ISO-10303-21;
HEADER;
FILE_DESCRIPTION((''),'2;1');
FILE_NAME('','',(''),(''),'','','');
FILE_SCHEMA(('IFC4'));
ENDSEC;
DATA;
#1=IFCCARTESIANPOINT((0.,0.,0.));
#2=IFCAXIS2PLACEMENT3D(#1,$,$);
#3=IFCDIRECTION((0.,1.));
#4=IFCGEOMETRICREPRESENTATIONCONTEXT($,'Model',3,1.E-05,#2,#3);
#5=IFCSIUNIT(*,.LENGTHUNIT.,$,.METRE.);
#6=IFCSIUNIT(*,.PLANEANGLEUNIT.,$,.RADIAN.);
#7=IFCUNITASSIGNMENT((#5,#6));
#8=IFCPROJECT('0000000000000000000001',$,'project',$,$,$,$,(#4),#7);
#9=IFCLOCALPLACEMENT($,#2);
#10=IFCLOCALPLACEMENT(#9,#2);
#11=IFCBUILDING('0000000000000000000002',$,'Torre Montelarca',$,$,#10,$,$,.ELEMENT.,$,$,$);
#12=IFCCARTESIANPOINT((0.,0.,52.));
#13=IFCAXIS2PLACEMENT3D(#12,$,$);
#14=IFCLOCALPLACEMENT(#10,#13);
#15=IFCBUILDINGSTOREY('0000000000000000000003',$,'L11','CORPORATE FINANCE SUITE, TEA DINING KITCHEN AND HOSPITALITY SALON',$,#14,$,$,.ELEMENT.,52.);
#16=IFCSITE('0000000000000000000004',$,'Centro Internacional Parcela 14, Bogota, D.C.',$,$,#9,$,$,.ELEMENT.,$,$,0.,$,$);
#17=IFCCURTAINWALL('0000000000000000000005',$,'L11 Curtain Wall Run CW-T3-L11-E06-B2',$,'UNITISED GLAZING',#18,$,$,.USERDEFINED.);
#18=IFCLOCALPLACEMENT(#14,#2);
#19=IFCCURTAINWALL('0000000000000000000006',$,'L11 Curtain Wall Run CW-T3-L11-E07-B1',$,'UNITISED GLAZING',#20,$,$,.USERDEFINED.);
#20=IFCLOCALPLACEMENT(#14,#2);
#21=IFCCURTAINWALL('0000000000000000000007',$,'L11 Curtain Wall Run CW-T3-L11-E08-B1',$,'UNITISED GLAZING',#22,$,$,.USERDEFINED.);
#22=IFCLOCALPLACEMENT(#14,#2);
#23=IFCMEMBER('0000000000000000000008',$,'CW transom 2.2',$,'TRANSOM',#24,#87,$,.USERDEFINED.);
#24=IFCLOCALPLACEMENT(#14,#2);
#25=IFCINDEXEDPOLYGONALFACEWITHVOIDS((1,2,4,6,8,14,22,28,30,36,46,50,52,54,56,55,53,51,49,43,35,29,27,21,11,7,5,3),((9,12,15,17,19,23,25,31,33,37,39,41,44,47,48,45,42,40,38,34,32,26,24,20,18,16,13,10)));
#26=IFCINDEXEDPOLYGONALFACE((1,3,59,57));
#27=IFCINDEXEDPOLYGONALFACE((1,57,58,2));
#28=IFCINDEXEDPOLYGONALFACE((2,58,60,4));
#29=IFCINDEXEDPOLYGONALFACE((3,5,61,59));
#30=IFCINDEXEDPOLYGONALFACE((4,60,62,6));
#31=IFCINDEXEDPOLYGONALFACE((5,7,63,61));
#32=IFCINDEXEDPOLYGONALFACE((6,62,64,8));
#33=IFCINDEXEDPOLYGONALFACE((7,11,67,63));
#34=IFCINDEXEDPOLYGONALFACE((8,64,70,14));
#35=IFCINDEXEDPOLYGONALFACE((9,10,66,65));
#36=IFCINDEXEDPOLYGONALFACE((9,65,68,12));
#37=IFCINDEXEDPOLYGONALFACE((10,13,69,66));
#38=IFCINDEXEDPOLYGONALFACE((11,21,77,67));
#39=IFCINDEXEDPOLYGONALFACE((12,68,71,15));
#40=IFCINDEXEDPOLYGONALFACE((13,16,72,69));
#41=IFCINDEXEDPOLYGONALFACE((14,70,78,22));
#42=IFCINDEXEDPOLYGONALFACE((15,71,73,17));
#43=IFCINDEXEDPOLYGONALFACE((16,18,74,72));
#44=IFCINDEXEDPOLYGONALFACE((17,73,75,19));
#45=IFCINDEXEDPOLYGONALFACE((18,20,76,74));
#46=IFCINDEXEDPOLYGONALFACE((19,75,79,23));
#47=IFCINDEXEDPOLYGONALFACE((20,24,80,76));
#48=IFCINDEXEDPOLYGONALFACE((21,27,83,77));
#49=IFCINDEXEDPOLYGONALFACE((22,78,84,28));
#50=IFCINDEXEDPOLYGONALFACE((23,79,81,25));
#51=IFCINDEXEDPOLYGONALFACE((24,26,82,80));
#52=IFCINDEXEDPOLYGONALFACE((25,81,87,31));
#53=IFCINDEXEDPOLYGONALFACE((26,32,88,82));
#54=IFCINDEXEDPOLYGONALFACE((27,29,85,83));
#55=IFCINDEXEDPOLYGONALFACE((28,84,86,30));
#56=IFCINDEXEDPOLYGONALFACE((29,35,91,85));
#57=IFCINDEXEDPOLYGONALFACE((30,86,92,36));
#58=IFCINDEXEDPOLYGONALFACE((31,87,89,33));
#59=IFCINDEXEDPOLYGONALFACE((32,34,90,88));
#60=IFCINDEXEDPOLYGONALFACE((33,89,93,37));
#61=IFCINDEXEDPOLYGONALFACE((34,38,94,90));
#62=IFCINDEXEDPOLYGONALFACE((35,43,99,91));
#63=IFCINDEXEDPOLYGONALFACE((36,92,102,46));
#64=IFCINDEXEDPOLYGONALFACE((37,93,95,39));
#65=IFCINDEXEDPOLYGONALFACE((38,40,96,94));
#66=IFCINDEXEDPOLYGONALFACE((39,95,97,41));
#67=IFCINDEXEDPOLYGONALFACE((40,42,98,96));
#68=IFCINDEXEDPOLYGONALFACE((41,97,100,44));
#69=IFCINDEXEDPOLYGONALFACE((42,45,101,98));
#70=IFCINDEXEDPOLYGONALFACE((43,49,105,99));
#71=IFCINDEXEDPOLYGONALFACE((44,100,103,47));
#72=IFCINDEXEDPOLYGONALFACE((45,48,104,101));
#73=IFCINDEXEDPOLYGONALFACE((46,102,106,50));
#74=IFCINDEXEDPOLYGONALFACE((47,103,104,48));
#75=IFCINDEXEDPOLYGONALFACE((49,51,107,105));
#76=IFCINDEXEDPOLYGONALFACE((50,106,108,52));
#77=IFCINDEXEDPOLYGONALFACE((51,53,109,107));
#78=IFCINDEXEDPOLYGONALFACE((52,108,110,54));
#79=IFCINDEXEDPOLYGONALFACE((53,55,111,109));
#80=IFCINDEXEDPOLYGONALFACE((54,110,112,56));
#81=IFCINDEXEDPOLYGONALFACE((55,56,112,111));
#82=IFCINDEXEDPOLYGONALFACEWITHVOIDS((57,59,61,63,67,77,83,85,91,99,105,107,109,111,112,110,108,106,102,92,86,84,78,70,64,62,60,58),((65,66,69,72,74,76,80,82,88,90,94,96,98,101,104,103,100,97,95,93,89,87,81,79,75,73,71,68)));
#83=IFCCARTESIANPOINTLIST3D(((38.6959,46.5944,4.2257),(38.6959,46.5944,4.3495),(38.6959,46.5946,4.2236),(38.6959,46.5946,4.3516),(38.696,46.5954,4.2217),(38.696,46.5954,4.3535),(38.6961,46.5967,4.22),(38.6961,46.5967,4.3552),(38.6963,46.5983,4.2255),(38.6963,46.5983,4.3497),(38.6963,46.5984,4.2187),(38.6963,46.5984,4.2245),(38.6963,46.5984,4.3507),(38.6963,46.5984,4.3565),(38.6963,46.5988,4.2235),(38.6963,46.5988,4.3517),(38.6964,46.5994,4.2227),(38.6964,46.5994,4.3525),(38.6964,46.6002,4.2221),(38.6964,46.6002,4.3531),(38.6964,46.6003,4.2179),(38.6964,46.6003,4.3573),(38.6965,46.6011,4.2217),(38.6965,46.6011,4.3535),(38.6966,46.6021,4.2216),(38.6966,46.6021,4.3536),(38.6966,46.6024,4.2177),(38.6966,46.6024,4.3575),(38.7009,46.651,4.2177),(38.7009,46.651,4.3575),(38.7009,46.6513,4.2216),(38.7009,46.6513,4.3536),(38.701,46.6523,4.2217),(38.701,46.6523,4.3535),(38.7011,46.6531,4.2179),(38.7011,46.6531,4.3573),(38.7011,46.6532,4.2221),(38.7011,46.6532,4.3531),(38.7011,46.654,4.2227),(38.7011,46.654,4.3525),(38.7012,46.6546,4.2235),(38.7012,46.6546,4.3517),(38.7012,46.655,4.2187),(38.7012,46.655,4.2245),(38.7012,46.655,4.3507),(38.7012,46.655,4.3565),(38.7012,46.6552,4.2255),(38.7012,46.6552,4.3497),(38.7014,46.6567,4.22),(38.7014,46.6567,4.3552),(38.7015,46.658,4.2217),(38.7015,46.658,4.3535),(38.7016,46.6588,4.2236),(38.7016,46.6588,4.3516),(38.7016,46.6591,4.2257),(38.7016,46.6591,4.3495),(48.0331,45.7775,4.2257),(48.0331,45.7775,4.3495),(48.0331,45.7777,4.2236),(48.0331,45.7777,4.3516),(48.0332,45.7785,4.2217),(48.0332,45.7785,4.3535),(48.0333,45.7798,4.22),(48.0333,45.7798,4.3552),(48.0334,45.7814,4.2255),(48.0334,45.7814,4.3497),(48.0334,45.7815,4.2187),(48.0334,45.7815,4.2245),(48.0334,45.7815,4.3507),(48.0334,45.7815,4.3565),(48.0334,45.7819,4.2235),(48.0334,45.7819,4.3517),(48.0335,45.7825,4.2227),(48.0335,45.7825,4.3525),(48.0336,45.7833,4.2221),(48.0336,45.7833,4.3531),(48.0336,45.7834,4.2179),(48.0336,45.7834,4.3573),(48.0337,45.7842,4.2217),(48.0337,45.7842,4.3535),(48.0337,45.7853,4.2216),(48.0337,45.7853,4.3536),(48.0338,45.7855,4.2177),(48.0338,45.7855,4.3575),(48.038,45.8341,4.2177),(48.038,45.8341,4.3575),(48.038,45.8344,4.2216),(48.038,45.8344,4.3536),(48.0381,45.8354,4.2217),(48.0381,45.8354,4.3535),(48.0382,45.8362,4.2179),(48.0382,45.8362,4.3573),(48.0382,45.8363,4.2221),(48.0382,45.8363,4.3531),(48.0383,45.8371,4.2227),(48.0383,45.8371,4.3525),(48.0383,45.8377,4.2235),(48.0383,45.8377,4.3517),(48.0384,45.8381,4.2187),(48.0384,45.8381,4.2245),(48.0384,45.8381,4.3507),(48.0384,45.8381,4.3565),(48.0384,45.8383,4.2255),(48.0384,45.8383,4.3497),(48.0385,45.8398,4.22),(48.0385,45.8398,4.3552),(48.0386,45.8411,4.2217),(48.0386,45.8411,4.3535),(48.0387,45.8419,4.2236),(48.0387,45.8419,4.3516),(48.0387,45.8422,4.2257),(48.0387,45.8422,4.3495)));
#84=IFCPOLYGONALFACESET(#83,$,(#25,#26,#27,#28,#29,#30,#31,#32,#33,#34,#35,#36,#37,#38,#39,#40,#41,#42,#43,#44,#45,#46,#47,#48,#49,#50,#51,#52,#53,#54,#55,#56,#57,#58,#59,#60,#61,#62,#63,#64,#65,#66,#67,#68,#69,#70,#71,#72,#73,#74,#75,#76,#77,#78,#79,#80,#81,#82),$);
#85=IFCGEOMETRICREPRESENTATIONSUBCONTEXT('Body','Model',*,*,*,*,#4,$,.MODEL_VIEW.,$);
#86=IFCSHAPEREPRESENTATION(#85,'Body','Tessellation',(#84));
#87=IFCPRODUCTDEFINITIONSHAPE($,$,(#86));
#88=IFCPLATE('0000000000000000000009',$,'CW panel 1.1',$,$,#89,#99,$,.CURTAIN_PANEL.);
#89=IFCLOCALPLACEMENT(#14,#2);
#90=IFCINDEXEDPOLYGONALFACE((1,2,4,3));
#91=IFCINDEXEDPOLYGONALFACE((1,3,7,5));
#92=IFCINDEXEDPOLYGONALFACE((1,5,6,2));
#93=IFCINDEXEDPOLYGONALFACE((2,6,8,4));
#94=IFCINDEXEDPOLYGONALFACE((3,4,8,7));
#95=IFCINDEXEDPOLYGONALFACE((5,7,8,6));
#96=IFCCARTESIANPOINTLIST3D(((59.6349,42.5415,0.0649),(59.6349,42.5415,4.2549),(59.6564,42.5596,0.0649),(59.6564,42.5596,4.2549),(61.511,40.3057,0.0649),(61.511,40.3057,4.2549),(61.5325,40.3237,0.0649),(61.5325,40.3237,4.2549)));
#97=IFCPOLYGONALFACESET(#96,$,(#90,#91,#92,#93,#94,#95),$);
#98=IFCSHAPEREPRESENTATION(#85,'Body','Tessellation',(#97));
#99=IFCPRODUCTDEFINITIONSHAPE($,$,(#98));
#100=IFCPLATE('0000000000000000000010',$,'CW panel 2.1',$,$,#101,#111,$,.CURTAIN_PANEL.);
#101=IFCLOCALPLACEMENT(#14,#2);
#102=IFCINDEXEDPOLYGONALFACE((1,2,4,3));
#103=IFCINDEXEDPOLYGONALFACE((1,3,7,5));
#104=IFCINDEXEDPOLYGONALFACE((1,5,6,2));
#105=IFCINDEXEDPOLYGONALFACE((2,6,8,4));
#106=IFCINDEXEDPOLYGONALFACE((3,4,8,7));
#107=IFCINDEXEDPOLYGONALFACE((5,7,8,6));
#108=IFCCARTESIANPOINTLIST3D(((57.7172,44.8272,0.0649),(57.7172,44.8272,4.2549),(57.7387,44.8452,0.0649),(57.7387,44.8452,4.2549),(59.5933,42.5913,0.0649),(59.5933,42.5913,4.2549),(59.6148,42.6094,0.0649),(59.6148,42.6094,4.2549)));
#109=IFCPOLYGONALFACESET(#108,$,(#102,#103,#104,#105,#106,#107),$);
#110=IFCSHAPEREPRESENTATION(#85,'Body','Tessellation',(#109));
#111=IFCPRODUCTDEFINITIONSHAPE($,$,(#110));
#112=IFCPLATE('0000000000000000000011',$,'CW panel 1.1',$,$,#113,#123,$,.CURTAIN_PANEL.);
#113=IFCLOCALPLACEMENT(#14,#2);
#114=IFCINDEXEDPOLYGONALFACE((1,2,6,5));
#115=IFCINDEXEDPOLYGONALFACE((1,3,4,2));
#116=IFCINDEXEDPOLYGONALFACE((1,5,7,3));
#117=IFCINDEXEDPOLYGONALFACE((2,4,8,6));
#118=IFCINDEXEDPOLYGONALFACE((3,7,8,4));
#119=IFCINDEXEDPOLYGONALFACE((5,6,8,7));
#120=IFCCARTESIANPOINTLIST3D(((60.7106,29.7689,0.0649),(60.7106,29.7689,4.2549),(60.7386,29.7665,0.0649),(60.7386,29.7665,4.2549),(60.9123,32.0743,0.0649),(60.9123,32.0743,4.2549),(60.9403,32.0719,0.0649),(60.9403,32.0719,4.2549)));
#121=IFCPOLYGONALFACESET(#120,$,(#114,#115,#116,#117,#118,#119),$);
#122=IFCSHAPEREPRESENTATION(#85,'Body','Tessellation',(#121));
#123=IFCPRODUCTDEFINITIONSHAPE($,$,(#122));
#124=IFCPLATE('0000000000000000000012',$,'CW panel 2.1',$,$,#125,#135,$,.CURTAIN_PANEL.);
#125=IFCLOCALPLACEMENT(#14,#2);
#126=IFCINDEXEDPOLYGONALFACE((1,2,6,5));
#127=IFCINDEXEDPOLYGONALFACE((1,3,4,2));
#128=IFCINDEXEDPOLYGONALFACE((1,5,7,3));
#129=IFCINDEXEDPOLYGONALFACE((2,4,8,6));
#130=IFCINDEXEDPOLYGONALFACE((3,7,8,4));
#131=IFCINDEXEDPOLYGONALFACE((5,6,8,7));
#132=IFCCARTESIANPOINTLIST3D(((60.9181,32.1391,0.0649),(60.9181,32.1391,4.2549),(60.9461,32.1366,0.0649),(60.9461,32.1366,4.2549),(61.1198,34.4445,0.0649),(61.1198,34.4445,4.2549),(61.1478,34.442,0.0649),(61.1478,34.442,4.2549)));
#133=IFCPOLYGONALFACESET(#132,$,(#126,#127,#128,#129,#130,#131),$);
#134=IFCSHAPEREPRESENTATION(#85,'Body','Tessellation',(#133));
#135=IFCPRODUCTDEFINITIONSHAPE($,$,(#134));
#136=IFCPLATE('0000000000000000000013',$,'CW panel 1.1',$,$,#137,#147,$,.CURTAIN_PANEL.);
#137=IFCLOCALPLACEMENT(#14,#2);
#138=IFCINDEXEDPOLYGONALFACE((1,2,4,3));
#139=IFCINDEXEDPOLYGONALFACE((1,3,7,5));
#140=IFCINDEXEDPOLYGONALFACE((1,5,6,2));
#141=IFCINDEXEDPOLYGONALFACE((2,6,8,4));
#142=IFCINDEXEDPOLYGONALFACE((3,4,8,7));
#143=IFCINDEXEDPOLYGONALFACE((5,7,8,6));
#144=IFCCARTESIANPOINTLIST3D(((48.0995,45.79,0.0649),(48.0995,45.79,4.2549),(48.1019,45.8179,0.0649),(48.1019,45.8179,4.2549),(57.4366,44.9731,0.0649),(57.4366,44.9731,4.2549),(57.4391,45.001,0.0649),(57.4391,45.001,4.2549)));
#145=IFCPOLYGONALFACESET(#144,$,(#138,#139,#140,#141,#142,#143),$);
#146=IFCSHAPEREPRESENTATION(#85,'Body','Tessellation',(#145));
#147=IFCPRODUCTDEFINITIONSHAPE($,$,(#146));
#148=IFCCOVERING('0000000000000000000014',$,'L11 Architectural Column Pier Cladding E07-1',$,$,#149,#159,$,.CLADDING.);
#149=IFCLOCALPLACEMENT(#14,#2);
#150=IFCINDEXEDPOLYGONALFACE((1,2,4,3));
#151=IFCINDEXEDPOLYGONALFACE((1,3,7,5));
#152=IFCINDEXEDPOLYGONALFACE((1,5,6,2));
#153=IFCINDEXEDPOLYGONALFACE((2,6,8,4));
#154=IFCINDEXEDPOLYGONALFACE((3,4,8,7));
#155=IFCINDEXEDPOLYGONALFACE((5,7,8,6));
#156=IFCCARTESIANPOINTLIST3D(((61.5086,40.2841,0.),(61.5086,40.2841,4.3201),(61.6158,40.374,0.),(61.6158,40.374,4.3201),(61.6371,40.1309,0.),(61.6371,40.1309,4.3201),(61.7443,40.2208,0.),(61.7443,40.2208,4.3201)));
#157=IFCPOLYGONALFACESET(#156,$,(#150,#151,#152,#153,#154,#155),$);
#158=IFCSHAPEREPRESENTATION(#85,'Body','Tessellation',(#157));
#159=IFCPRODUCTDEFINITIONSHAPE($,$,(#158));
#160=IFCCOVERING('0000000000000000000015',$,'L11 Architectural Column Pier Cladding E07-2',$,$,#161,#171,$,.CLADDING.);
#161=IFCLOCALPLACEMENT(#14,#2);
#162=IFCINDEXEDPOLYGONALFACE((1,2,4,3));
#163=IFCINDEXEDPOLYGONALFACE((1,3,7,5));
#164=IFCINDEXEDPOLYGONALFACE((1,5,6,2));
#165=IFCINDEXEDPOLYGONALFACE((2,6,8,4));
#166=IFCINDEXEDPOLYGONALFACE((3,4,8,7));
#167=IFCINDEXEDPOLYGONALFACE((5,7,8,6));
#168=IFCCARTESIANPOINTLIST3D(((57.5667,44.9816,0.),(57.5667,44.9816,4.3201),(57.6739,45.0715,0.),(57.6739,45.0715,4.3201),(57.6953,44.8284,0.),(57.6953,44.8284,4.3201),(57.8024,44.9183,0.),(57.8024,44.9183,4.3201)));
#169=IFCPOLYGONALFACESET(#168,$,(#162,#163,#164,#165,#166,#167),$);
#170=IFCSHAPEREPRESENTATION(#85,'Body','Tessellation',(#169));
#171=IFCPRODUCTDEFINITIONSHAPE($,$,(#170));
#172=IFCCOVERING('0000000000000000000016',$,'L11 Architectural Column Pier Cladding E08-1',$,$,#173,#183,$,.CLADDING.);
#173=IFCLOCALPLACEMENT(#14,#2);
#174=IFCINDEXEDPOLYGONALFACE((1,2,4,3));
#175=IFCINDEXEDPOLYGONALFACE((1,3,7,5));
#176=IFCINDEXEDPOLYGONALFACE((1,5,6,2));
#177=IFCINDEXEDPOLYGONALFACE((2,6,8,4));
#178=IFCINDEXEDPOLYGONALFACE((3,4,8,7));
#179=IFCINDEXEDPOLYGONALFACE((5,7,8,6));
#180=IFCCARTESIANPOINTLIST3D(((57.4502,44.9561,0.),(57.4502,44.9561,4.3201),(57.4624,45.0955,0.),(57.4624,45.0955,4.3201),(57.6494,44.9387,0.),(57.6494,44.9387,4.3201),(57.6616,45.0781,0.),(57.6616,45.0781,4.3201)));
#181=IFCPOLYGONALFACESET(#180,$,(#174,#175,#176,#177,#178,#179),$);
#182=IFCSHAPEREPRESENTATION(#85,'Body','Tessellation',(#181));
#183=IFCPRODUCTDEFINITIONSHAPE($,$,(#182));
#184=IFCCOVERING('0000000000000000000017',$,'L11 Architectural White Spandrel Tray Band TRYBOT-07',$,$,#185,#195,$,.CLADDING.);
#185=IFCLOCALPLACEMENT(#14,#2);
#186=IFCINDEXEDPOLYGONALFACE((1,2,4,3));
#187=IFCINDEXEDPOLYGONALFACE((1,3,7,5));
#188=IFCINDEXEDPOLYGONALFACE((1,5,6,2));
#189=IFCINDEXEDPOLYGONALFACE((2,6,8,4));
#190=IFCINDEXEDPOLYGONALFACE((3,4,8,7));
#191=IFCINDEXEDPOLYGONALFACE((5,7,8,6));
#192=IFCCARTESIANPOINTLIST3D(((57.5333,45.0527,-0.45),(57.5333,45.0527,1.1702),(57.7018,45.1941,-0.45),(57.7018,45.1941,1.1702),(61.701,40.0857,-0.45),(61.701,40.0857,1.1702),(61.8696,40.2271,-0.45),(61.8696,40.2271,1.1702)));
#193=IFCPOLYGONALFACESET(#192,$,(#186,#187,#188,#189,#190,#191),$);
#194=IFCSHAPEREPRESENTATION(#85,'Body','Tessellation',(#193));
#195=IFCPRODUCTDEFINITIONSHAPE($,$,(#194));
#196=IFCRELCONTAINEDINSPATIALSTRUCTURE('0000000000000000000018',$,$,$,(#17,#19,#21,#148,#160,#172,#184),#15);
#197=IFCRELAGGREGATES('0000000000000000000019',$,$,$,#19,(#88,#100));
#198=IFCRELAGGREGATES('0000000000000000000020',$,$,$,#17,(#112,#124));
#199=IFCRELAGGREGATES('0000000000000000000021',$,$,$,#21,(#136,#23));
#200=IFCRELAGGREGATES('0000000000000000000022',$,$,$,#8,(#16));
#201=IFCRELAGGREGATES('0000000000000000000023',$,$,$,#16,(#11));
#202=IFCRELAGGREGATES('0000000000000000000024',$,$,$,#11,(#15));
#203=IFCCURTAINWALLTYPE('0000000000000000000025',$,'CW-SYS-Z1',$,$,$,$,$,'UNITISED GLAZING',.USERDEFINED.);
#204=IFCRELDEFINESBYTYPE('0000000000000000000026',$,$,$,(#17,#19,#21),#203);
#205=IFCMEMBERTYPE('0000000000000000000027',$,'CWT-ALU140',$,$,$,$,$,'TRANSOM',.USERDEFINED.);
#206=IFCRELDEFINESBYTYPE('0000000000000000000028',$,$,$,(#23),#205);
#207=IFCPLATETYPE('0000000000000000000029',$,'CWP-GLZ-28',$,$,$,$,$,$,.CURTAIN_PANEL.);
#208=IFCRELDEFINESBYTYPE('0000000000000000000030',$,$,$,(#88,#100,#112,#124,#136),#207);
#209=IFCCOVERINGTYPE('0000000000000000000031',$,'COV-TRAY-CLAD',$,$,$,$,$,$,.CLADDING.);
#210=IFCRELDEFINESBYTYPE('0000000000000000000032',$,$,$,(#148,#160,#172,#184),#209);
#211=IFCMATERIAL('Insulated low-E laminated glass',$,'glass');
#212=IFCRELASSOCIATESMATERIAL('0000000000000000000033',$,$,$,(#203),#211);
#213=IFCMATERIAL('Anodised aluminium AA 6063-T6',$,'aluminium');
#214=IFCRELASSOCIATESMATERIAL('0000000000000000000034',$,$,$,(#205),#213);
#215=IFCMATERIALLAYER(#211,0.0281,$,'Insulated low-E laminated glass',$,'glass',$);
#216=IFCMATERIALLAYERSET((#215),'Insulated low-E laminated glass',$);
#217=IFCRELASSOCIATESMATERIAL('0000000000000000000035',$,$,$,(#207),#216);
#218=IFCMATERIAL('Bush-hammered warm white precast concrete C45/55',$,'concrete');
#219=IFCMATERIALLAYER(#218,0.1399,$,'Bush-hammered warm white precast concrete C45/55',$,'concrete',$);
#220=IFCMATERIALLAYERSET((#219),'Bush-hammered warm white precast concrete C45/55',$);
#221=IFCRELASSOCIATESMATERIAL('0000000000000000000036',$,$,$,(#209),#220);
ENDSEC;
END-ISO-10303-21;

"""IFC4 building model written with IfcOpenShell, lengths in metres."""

from ifc_helpers import new_model, si_unit, direction, frame, origin, origin_2d, place, context, subcontext, project, spatial, rectangle, hollow_rectangle, extrude, source, transform, mapped, material, layer, layer_set, material_profile, profile_set, type_object, element, aggregate, save


model = new_model("IFC4")

# Units and contexts
model_context = context("Model", 3, precision=1e-05, world=origin(), true_north=direction((0.0, 1.0)))
body_context = subcontext(model_context, "Body", "Model", "MODEL_VIEW")
ifc_project = project(units=[si_unit("LENGTHUNIT", "METRE"), si_unit("PLANEANGLEUNIT", "RADIAN")], contexts=[model_context])

# Site, building, storey
site_placement = place(None, origin())
site = spatial("IfcSite", under=ifc_project, at=site_placement, Name="Centro Internacional Parcela 14, Bogota, D.C.", CompositionType="ELEMENT", RefElevation=0.0)
building_placement = place(site_placement, origin())
building = spatial("IfcBuilding", under=site, at=building_placement, Name="Torre Montelarca", CompositionType="ELEMENT")
storey_placement = place(building_placement, frame((0.0, 0.0, 52.0)))
storey = spatial("IfcBuildingStorey", under=building, at=storey_placement, Name="L11", Description="CORPORATE FINANCE SUITE, TEA DINING KITCHEN AND HOSPITALITY SALON", CompositionType="ELEMENT", Elevation=52.0)

# Curtain walls
ifc_material_1 = material(Name="Insulated low-E laminated glass", Category="glass")
curtain_wall_type = type_object("IfcCurtainWallType", Name="CW-SYS-Z1", ElementType="UNITISED GLAZING", PredefinedType="USERDEFINED", material=ifc_material_1)
curtain_wall_1_placement = place(storey_placement, origin())
curtain_wall_1 = element("IfcCurtainWall", 1, at=curtain_wall_1_placement, inside=storey, type_object=curtain_wall_type, Name="L11 Curtain Wall Run CW-T3-L11-E06-B2", ObjectType="UNITISED GLAZING", PredefinedType="USERDEFINED")
ifc_material_2 = material(Name="Anodised aluminium AA 6063-T6", Category="aluminium")
curtain_wall_2_placement = place(storey_placement, origin())
curtain_wall_2 = element("IfcCurtainWall", 2, at=curtain_wall_2_placement, inside=storey, type_object=curtain_wall_type, Name="L11 Curtain Wall Run CW-T3-L11-E07-B1", ObjectType="UNITISED GLAZING", PredefinedType="USERDEFINED")
curtain_wall_3_placement = place(storey_placement, origin())
curtain_wall_3 = element("IfcCurtainWall", 3, at=curtain_wall_3_placement, inside=storey, type_object=curtain_wall_type, Name="L11 Curtain Wall Run CW-T3-L11-E08-B1", ObjectType="UNITISED GLAZING", PredefinedType="USERDEFINED")

# Member
ifc_material_profile_1 = material_profile(ifc_material_2, hollow_rectangle(XDim=0.0649, YDim=0.1399, WallThickness=0.0039, InnerFilletRadius=0.0039, OuterFilletRadius=0.0081, at=origin_2d()), Name="ALU65X140X4", Category="aluminium")
ifc_profile_set_1 = profile_set([ifc_material_profile_1], Name="Anodised aluminium AA 6063-T6")
member_type_1 = type_object("IfcMemberType", Name="CWT-ALU140", ElementType="TRANSOM", PredefinedType="USERDEFINED", material=ifc_profile_set_1)
shared_shape_1 = source(origin(), body_context, "Body", "SweptSolid", [
    extrude(hollow_rectangle(XDim=0.0649, YDim=0.1399, WallThickness=0.0039, InnerFilletRadius=0.0039, OuterFilletRadius=0.0081, at=origin_2d()), origin(), (0.0, 0.0, 1.0), 9.3728),
])
member_1_placement = place(storey_placement, frame((48.0359, 45.8098, 4.2876), z_axis=(-0.996195, 0.087156, 0.0), x_axis=(-0.087156, -0.996195, 0.0)))
member_1 = element("IfcMember", 4, at=member_1_placement, type_object=member_type_1, Name="CW transom 2.2", ObjectType="TRANSOM", PredefinedType="USERDEFINED", context=body_context, shape_type="MappedRepresentation", body=[
    mapped(shared_shape_1, transform((0.0, 0.0, 0.0), scale=1.0)),
])

# Plates
ifc_layer_1 = layer(ifc_material_1, 0.0281, Name="Insulated low-E laminated glass", Category="glass")
ifc_layer_set_1 = layer_set([ifc_layer_1], Name="Insulated low-E laminated glass")
plate_type = type_object("IfcPlateType", Name="CWP-GLZ-28", PredefinedType="CURTAIN_PANEL", material=ifc_layer_set_1)
shared_shape_2 = source(origin(), body_context, "Body", "SweptSolid", [
    extrude(rectangle(XDim=2.9187, YDim=0.0281, at=origin_2d()), origin(), (0.0, 0.0, 1.0), 4.1899),
])
plate_1_placement = place(storey_placement, frame((60.5837, 41.4326, 0.0649), z_axis=(0.0, 0.0, 1.0), x_axis=(-0.64279, 0.766043, 0.0)))
plate_1 = element("IfcPlate", 5, at=plate_1_placement, type_object=plate_type, Name="CW panel 1.1", PredefinedType="CURTAIN_PANEL", context=body_context, shape_type="MappedRepresentation", body=[
    mapped(shared_shape_2, transform((0.0, 0.0, 0.0), scale=1.0)),
])
plate_2_placement = place(storey_placement, frame((58.666, 43.7183, 0.0649), z_axis=(0.0, 0.0, 1.0), x_axis=(-0.64279, 0.766043, 0.0)))
plate_2 = element("IfcPlate", 6, at=plate_2_placement, type_object=plate_type, Name="CW panel 2.1", PredefinedType="CURTAIN_PANEL", context=body_context, shape_type="MappedRepresentation", body=[
    mapped(shared_shape_2, transform((0.0, 0.0, 0.0), scale=1.0)),
])
aggregate(curtain_wall_2, [plate_1, plate_2])
shared_shape_3 = source(origin(), body_context, "Body", "SweptSolid", [
    extrude(rectangle(XDim=2.3142, YDim=0.0281, at=origin_2d()), origin(), (0.0, 0.0, 1.0), 4.1899),
])
plate_3_placement = place(storey_placement, frame((60.8254, 30.9204, 0.0649), z_axis=(0.0, 0.0, 1.0), x_axis=(0.087161, 0.996194, 0.0)))
plate_3 = element("IfcPlate", 7, at=plate_3_placement, type_object=plate_type, Name="CW panel 1.1", PredefinedType="CURTAIN_PANEL", context=body_context, shape_type="MappedRepresentation", body=[
    mapped(shared_shape_3, transform((0.0, 0.0, 0.0), scale=1.0)),
])
plate_4_placement = place(storey_placement, frame((61.033, 33.2905, 0.0649), z_axis=(0.0, 0.0, 1.0), x_axis=(0.087161, 0.996194, 0.0)))
plate_4 = element("IfcPlate", 8, at=plate_4_placement, type_object=plate_type, Name="CW panel 2.1", PredefinedType="CURTAIN_PANEL", context=body_context, shape_type="MappedRepresentation", body=[
    mapped(shared_shape_3, transform((0.0, 0.0, 0.0), scale=1.0)),
])
aggregate(curtain_wall_1, [plate_3, plate_4])
shared_shape_4 = source(origin(), body_context, "Body", "SweptSolid", [
    extrude(rectangle(XDim=9.3728, YDim=0.0281, at=origin_2d()), origin(), (0.0, 0.0, 1.0), 4.1899),
])
plate_5_placement = place(storey_placement, frame((52.7693, 45.3955, 0.0649), z_axis=(0.0, 0.0, 1.0), x_axis=(-0.996195, 0.087157, 0.0)))
plate_5 = element("IfcPlate", 9, at=plate_5_placement, type_object=plate_type, Name="CW panel 1.1", PredefinedType="CURTAIN_PANEL", context=body_context, shape_type="MappedRepresentation", body=[
    mapped(shared_shape_4, transform((0.0, 0.0, 0.0), scale=1.0)),
])
aggregate(curtain_wall_3, [plate_5, member_1])

# Coverings
ifc_material_3 = material(Name="Bush-hammered warm white precast concrete C45/55", Category="concrete")
ifc_layer_2 = layer(ifc_material_3, 0.1399, Name="Bush-hammered warm white precast concrete C45/55", Category="concrete")
ifc_layer_set_2 = layer_set([ifc_layer_2], Name="Bush-hammered warm white precast concrete C45/55")
covering_type = type_object("IfcCoveringType", Name="COV-TRAY-CLAD", PredefinedType="CLADDING", material=ifc_layer_set_2)
shared_shape_5 = source(origin(), body_context, "Body", "SweptSolid", [
    extrude(rectangle(XDim=0.2, YDim=0.1399, at=origin_2d()), origin(), (0.0, 0.0, 1.0), 4.3201),
])
for number, where, z_axis, x_axis, name in (
    (10, (61.6265, 40.2524, 0.0), (0.0, 0.0, 1.0), (-0.642794, 0.766039, 0.0), "L11 Architectural Column Pier Cladding E07-1"),
    (11, (57.6846, 44.95, 0.0), (0.0, 0.0, 1.0), (-0.642794, 0.766039, 0.0), "L11 Architectural Column Pier Cladding E07-2"),
    (12, (57.5559, 45.0171, 0.0), (0.0, 0.0, 1.0), (-0.996195, 0.087157, 0.0), "L11 Architectural Column Pier Cladding E08-1"),
):
    element("IfcCovering", number, at=place(storey_placement, frame(where, z_axis=z_axis, x_axis=x_axis)), inside=storey, type_object=covering_type, Name=name, PredefinedType="CLADDING", context=body_context, shape_type="MappedRepresentation", body=[
        mapped(shared_shape_5, transform((0.0, 0.0, 0.0), scale=1.0)),
    ])
shared_shape_6 = source(origin(), body_context, "Body", "SweptSolid", [
    extrude(rectangle(XDim=6.4839, YDim=0.22, at=origin_2d()), origin(), (0.0, 0.0, 1.0), 1.6201),
])
covering_1_placement = place(storey_placement, frame((59.7014, 42.6399, -0.45), z_axis=(0.0, 0.0, 1.0), x_axis=(-0.642788, 0.766044, 0.0)))
element("IfcCovering", 13, at=covering_1_placement, inside=storey, type_object=covering_type, Name="L11 Architectural White Spandrel Tray Band TRYBOT-07", PredefinedType="CLADDING", context=body_context, shape_type="MappedRepresentation", body=[
    mapped(shared_shape_6, transform((0.0, 0.0, 0.0), scale=1.0)),
])

save(model, "model.ifc")
